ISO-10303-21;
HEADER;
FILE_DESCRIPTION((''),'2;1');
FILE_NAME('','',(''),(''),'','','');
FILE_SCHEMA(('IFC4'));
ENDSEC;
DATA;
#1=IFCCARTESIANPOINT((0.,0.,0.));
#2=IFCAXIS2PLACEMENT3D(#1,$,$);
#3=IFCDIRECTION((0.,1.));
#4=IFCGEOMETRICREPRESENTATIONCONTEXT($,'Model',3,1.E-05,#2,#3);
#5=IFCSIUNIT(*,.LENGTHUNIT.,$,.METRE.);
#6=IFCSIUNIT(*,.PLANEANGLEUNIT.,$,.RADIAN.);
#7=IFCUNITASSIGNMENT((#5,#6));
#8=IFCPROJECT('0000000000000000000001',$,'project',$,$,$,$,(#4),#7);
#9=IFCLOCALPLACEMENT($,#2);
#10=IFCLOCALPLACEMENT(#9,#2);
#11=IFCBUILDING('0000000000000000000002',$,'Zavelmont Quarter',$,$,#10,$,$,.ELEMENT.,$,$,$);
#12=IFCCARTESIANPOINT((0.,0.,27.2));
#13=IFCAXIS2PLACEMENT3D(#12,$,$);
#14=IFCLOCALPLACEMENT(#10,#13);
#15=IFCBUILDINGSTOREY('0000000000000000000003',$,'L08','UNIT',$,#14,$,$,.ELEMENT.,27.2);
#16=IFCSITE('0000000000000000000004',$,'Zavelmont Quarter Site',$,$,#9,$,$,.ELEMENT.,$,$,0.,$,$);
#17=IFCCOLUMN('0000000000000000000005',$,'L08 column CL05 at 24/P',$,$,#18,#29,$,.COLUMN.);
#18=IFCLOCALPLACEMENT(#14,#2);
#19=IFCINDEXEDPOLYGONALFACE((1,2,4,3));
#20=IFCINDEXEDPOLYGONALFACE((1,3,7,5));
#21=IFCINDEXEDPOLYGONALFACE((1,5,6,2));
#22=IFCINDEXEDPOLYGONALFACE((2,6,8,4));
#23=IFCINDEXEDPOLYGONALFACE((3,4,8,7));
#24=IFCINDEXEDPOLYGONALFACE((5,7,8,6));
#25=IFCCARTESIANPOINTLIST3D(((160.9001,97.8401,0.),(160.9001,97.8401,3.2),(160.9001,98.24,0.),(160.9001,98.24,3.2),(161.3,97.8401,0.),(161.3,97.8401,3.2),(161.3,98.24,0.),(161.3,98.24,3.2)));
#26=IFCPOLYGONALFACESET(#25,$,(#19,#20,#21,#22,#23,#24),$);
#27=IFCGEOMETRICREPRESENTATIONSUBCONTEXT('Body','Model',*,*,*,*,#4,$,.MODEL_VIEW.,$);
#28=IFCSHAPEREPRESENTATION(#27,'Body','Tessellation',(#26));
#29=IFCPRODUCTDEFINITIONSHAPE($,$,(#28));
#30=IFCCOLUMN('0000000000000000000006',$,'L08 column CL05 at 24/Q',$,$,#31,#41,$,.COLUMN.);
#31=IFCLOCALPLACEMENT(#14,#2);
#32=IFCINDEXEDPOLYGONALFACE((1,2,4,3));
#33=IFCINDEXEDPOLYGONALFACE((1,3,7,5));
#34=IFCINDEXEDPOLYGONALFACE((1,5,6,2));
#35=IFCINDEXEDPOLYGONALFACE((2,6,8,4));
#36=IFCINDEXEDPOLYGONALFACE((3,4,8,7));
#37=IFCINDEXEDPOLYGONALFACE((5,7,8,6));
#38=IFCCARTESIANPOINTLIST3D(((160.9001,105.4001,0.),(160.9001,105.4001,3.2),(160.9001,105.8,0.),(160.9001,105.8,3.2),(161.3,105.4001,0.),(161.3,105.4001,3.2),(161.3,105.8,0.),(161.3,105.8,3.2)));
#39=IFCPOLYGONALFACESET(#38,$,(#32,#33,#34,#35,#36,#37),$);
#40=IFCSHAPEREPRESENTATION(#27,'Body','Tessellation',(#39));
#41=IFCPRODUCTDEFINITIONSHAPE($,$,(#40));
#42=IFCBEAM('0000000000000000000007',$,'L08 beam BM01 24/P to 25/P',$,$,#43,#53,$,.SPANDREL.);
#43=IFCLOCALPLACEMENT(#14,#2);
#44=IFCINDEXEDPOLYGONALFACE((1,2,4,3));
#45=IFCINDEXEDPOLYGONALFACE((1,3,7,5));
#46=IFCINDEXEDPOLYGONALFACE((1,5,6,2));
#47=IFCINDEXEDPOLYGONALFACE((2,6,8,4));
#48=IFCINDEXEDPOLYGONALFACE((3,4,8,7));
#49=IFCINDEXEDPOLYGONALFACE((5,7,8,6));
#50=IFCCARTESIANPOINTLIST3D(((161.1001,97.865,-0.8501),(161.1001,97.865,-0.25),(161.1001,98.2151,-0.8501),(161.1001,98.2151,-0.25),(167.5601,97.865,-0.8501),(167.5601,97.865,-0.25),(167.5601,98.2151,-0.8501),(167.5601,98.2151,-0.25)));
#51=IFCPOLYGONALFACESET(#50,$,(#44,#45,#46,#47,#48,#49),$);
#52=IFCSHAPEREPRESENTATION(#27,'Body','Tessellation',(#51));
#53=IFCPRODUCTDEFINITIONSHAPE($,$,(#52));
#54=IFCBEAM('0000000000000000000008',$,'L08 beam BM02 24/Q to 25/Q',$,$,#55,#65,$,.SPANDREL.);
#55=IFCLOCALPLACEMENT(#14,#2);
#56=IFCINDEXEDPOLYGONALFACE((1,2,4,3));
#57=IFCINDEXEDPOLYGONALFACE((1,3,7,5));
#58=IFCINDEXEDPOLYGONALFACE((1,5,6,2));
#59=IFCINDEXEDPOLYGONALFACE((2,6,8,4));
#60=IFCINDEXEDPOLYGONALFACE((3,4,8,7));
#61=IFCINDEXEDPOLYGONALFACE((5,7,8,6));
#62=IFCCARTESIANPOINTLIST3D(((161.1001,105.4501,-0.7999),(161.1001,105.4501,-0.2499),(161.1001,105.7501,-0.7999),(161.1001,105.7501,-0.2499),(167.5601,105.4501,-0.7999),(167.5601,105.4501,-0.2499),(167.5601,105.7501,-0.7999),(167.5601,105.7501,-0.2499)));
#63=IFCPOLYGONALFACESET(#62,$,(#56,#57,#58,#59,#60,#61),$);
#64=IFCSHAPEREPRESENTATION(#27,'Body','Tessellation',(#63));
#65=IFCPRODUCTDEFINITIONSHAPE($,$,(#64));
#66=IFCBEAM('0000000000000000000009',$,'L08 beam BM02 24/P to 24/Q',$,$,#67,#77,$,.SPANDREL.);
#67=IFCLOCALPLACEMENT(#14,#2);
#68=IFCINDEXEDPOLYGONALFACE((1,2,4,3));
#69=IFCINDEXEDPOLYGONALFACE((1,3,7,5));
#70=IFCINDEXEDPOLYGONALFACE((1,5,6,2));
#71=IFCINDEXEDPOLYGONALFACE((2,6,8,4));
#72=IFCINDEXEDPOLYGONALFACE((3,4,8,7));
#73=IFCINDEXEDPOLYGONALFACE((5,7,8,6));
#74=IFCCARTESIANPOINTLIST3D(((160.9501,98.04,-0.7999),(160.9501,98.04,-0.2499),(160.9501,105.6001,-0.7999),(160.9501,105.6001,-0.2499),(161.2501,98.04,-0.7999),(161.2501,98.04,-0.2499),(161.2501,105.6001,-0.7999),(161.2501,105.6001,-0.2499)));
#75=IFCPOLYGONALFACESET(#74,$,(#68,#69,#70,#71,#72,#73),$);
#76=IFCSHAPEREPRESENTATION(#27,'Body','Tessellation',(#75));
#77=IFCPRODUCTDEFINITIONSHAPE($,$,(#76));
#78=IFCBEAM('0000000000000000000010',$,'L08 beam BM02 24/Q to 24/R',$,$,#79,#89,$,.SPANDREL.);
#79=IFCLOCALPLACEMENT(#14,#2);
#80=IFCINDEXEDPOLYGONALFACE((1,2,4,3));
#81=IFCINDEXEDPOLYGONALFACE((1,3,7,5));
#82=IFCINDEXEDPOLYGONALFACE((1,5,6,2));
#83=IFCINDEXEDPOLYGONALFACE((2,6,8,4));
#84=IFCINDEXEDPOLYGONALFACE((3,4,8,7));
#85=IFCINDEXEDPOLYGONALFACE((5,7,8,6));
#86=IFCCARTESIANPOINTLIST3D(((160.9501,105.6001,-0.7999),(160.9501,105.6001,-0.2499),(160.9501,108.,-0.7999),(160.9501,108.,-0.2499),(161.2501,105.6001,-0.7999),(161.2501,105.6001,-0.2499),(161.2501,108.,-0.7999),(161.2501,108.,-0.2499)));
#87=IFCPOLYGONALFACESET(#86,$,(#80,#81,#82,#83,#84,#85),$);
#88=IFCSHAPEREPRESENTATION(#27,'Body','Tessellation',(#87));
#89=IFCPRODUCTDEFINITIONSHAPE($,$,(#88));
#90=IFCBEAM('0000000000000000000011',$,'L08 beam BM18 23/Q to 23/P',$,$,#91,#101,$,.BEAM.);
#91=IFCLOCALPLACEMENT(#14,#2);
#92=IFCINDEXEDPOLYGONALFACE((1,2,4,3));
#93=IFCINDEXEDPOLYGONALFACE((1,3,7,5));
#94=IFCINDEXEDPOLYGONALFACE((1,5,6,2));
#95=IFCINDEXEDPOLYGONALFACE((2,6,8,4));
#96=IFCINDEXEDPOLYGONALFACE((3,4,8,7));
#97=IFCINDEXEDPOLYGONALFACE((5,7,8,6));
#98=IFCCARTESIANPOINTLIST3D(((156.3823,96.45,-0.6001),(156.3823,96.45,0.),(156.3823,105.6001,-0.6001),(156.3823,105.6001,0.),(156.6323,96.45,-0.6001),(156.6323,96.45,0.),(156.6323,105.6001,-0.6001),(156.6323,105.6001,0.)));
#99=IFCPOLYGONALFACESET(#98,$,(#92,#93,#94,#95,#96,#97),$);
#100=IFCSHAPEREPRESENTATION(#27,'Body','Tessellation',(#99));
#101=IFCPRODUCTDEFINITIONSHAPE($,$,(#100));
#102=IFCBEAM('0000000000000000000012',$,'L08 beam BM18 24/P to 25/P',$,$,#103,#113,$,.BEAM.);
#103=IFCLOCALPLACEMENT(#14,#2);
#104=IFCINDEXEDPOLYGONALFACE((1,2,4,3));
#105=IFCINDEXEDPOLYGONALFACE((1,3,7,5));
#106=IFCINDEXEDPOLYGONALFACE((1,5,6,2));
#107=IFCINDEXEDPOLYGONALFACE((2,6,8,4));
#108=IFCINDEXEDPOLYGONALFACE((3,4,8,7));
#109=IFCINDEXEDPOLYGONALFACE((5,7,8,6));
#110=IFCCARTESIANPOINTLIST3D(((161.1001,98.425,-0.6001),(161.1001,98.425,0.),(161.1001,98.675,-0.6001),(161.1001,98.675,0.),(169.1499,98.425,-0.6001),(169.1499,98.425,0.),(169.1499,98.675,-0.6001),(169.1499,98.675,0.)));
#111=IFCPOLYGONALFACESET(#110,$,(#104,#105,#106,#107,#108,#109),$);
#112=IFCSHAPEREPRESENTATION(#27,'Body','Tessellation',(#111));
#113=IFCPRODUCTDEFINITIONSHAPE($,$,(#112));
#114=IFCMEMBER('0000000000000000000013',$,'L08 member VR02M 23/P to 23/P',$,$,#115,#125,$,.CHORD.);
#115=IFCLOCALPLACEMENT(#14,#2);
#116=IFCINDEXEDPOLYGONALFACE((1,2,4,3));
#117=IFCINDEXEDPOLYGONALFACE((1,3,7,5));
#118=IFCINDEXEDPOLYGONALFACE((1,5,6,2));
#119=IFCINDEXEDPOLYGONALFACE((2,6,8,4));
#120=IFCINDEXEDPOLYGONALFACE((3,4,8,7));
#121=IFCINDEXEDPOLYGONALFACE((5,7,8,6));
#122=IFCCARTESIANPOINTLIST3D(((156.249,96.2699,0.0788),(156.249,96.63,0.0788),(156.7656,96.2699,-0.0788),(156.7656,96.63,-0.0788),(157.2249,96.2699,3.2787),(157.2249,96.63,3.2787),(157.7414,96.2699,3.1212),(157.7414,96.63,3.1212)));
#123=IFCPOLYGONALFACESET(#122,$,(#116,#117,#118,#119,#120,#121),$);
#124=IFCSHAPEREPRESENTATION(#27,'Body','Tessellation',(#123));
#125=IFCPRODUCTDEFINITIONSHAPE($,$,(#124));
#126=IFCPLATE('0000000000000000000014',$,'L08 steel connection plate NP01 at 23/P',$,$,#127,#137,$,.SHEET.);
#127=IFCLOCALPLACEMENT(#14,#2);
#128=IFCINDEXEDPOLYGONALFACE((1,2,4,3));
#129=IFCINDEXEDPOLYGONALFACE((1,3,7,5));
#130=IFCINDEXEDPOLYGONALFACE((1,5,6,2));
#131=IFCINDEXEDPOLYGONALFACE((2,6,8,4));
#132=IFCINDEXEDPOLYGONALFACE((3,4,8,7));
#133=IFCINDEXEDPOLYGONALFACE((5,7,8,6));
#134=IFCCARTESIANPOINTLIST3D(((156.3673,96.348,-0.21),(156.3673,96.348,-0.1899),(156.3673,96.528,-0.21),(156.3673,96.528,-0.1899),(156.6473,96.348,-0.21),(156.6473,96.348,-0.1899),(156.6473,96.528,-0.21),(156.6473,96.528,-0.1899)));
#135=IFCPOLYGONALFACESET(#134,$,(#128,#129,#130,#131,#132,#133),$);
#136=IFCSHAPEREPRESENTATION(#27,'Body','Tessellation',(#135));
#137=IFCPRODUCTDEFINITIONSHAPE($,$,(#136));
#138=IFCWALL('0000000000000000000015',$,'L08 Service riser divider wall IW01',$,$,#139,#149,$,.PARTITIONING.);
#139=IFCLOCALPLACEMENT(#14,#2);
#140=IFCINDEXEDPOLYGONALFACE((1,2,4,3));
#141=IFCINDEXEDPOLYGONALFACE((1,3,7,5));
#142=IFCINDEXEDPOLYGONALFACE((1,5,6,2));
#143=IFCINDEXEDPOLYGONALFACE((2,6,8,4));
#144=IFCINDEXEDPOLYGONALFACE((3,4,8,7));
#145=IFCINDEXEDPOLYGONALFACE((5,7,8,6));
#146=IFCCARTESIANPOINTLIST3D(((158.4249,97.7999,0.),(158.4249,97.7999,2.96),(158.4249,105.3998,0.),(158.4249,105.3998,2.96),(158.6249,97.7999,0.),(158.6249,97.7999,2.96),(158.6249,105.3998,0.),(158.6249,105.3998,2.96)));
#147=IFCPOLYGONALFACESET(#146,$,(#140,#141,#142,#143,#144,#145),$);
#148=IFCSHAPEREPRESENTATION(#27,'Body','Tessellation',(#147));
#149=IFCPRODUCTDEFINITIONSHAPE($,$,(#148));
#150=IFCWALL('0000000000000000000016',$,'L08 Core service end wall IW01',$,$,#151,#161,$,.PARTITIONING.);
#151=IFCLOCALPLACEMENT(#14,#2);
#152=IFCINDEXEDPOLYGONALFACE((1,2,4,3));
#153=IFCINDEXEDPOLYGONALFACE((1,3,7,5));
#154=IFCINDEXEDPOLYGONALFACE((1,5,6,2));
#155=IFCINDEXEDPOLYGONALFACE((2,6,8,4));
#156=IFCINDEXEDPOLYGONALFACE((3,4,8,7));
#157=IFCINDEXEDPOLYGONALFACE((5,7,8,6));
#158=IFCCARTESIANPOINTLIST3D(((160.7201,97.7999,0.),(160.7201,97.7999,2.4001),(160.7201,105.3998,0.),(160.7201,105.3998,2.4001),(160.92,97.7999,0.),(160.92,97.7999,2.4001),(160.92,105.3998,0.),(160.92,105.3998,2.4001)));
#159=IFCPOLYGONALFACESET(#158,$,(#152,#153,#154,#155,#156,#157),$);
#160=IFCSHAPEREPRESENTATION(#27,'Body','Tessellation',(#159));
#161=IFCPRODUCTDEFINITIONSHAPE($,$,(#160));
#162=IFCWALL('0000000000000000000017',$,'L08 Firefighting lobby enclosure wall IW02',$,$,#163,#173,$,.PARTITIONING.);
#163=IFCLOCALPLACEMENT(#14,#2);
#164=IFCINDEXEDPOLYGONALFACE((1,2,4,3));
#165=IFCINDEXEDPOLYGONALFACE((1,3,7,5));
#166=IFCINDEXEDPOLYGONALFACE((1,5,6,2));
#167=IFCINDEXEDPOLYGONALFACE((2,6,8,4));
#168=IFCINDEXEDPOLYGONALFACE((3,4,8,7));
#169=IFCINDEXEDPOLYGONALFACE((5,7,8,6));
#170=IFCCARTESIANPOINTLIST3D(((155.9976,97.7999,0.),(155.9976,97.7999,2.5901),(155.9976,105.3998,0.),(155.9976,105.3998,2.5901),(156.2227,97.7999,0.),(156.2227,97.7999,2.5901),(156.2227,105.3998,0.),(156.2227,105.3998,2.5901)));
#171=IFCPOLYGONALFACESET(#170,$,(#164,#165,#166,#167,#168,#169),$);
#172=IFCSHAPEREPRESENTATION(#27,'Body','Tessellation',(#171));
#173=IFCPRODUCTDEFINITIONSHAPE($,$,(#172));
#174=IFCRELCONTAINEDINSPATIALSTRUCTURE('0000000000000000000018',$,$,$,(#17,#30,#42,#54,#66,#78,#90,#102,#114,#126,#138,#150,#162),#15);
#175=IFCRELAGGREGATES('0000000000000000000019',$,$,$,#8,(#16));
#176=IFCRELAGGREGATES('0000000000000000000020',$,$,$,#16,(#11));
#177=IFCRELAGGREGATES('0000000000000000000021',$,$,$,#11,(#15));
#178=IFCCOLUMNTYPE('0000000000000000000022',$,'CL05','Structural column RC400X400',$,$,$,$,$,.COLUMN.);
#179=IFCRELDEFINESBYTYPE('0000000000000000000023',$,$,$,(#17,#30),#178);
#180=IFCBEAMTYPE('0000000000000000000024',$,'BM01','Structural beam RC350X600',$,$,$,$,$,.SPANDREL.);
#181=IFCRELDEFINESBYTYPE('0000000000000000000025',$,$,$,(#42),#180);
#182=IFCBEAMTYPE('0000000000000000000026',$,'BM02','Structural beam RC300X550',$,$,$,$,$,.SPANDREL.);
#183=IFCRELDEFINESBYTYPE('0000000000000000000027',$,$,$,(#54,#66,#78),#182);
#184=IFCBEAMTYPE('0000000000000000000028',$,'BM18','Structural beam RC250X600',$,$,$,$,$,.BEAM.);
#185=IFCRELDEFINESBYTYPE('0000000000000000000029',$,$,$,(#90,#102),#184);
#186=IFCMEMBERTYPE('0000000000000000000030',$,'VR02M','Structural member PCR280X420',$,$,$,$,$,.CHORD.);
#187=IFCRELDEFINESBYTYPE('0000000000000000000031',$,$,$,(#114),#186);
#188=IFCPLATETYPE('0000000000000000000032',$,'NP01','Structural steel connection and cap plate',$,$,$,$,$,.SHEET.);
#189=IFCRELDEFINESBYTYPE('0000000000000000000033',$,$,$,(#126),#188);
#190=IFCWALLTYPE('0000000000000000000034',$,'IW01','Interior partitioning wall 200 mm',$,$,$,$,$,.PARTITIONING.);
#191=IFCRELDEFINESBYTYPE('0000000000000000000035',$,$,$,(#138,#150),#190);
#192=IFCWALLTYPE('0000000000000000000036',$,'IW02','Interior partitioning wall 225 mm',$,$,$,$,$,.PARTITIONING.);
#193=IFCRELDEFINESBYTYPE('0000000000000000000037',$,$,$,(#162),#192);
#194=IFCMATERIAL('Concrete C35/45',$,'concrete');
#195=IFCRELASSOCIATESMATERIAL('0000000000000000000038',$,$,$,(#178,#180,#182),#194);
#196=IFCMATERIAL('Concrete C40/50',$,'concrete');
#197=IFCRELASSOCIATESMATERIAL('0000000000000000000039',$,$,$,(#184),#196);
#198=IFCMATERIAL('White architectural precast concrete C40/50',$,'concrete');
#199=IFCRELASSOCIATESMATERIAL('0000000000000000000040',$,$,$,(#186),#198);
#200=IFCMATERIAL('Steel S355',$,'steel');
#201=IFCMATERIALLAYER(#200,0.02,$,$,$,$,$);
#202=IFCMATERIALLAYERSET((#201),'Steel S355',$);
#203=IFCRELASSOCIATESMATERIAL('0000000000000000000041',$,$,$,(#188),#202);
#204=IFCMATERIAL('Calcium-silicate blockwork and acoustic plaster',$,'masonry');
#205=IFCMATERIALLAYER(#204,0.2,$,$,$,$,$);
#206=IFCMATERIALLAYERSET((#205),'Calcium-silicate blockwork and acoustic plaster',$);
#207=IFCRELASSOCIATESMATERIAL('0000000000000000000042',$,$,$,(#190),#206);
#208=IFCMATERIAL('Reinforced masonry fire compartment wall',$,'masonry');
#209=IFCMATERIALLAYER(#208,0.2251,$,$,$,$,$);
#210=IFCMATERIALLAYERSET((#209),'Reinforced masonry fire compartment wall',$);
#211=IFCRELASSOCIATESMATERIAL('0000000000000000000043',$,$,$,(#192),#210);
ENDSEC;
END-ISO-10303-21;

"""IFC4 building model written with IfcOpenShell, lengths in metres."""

from ifc_helpers import new_model, si_unit, direction, frame, frame_2d, origin, origin_2d, place, context, subcontext, project, spatial, rectangle, extrude, material, layer, layer_set, material_profile, profile_set, type_object, element, save


model = new_model("IFC4")

# Units and contexts
model_context = context("Model", 3, precision=1e-05, world=origin(), true_north=direction((0.0, 1.0)))
body_context = subcontext(model_context, "Body", "Model", "MODEL_VIEW")
ifc_project = project(units=[si_unit("LENGTHUNIT", "METRE"), si_unit("PLANEANGLEUNIT", "RADIAN")], contexts=[model_context])

# Site, building, storey
site_placement = place(None, origin())
site = spatial("IfcSite", under=ifc_project, at=site_placement, Name="Zavelmont Quarter Site", CompositionType="ELEMENT", RefElevation=0.0)
building_placement = place(site_placement, origin())
building = spatial("IfcBuilding", under=site, at=building_placement, Name="Zavelmont Quarter", CompositionType="ELEMENT")
storey_placement = place(building_placement, frame((0.0, 0.0, 27.2)))
storey = spatial("IfcBuildingStorey", under=building, at=storey_placement, Name="L08", Description="UNIT", CompositionType="ELEMENT", Elevation=27.2)

# Columns
ifc_material_1 = material(Name="Concrete C35/45", Category="concrete")
ifc_material_profile_1 = material_profile(ifc_material_1, rectangle(XDim=0.3999, YDim=0.3999, at=origin_2d()), Name="RC400X400")
ifc_profile_set_1 = profile_set([ifc_material_profile_1], Name="Concrete C35/45")
column_type = type_object("IfcColumnType", Name="CL05", Description="Structural column RC400X400", PredefinedType="COLUMN", material=ifc_profile_set_1)
for number, where, z_axis, x_axis, name in (
    (1, (161.1001, 98.04, 0.0), (0.0, 0.0, 1.0), (1.0, 0.0, 0.0), "L08 column CL05 at 24/P"),
    (2, (161.1001, 105.6001, 0.0), (0.0, 0.0, 1.0), (1.0, 0.0, 0.0), "L08 column CL05 at 24/Q"),
):
    element("IfcColumn", number, at=place(storey_placement, frame(where, z_axis=z_axis, x_axis=x_axis)), inside=storey, type_object=column_type, Name=name, PredefinedType="COLUMN", context=body_context, shape_type="SweptSolid", body=[
        extrude(rectangle(XDim=0.3999, YDim=0.3999, at=origin_2d()), origin(), (0.0, 0.0, 1.0), 3.2),
    ])

# Beams
ifc_material_profile_2 = material_profile(ifc_material_1, rectangle(XDim=0.3501, YDim=0.6001, at=origin_2d()), Name="RC350X600")
ifc_profile_set_2 = profile_set([ifc_material_profile_2], Name="Concrete C35/45")
beam_type_1 = type_object("IfcBeamType", Name="BM01", Description="Structural beam RC350X600", PredefinedType="SPANDREL", material=ifc_profile_set_2)
beam_1_placement = place(storey_placement, frame((161.1001, 98.04, -0.55), z_axis=(1.0, 0.0, 0.0), x_axis=(0.0, 1.0, 0.0)))
element("IfcBeam", 3, at=beam_1_placement, inside=storey, type_object=beam_type_1, Name="L08 beam BM01 24/P to 25/P", PredefinedType="SPANDREL", context=body_context, shape_type="SweptSolid", body=[
    extrude(rectangle(XDim=0.3501, YDim=0.6001, at=origin_2d()), origin(), (0.0, 0.0, 1.0), 6.46),
])
ifc_material_profile_3 = material_profile(ifc_material_1, rectangle(XDim=0.3, YDim=0.55, at=origin_2d()), Name="RC300X550")
ifc_profile_set_3 = profile_set([ifc_material_profile_3], Name="Concrete C35/45")
beam_type_2 = type_object("IfcBeamType", Name="BM02", Description="Structural beam RC300X550", PredefinedType="SPANDREL", material=ifc_profile_set_3)
beam_2_placement = place(storey_placement, frame((161.1001, 105.6001, -0.5249), z_axis=(1.0, 0.0, 0.0), x_axis=(0.0, 1.0, 0.0)))
element("IfcBeam", 4, at=beam_2_placement, inside=storey, type_object=beam_type_2, Name="L08 beam BM02 24/Q to 25/Q", PredefinedType="SPANDREL", context=body_context, shape_type="SweptSolid", body=[
    extrude(rectangle(XDim=0.3, YDim=0.55, at=origin_2d()), origin(), (0.0, 0.0, 1.0), 6.46),
])
beam_3_placement = place(storey_placement, frame((161.1001, 98.04, -0.5249), z_axis=(0.0, 1.0, 0.0), x_axis=(-1.0, 0.0, 0.0)))
element("IfcBeam", 5, at=beam_3_placement, inside=storey, type_object=beam_type_2, Name="L08 beam BM02 24/P to 24/Q", PredefinedType="SPANDREL", context=body_context, shape_type="SweptSolid", body=[
    extrude(rectangle(XDim=0.3, YDim=0.55, at=origin_2d()), origin(), (0.0, 0.0, 1.0), 7.5601),
])
beam_4_placement = place(storey_placement, frame((161.1001, 105.6001, -0.5249), z_axis=(0.0, 1.0, 0.0), x_axis=(-1.0, 0.0, 0.0)))
element("IfcBeam", 6, at=beam_4_placement, inside=storey, type_object=beam_type_2, Name="L08 beam BM02 24/Q to 24/R", PredefinedType="SPANDREL", context=body_context, shape_type="SweptSolid", body=[
    extrude(rectangle(XDim=0.3, YDim=0.55, at=origin_2d()), origin(), (0.0, 0.0, 1.0), 2.3999),
])
ifc_material_2 = material(Name="Concrete C40/50", Category="concrete")
ifc_material_profile_4 = material_profile(ifc_material_2, rectangle(XDim=0.25, YDim=0.6001, at=origin_2d()), Name="RC250X600")
ifc_profile_set_4 = profile_set([ifc_material_profile_4], Name="Concrete C40/50")
beam_type_3 = type_object("IfcBeamType", Name="BM18", Description="Structural beam RC250X600", PredefinedType="BEAM", material=ifc_profile_set_4)
beam_5_placement = place(storey_placement, frame((156.5073, 105.6001, -0.3), z_axis=(0.0, -1.0, 0.0), x_axis=(1.0, 0.0, 0.0)))
element("IfcBeam", 7, at=beam_5_placement, inside=storey, type_object=beam_type_3, Name="L08 beam BM18 23/Q to 23/P", PredefinedType="BEAM", context=body_context, shape_type="SweptSolid", body=[
    extrude(rectangle(XDim=0.25, YDim=0.6001, at=origin_2d()), origin(), (0.0, 0.0, 1.0), 9.1501),
])
beam_6_placement = place(storey_placement, frame((161.1001, 98.55, -0.3), z_axis=(1.0, 0.0, 0.0), x_axis=(0.0, 1.0, 0.0)))
element("IfcBeam", 8, at=beam_6_placement, inside=storey, type_object=beam_type_3, Name="L08 beam BM18 24/P to 25/P", PredefinedType="BEAM", context=body_context, shape_type="SweptSolid", body=[
    extrude(rectangle(XDim=0.25, YDim=0.6001, at=origin_2d()), origin(), (0.0, 0.0, 1.0), 8.0498),
])

# Member
ifc_material_3 = material(Name="White architectural precast concrete C40/50", Category="concrete")
ifc_material_profile_5 = material_profile(ifc_material_3, rectangle(XDim=0.3601, YDim=0.54, at=origin_2d()), Name="PCR280X420")
ifc_profile_set_5 = profile_set([ifc_material_profile_5], Name="White architectural precast concrete C40/50")
member_type = type_object("IfcMemberType", Name="VR02M", Description="Structural member PCR280X420", PredefinedType="CHORD", material=ifc_profile_set_5)
member_placement = place(storey_placement, frame((156.5073, 96.45, 0.0), z_axis=(0.29169, 0.0, 0.956513), x_axis=(0.0, 1.0, 0.0)))
element("IfcMember", 9, at=member_placement, inside=storey, type_object=member_type, Name="L08 member VR02M 23/P to 23/P", PredefinedType="CHORD", context=body_context, shape_type="SweptSolid", body=[
    extrude(rectangle(XDim=0.3601, YDim=0.54, at=origin_2d()), origin(), (0.0, 0.0, 1.0), 3.3455),
])

# Plate
ifc_material_4 = material(Name="Steel S355", Category="steel")
ifc_layer_1 = layer(ifc_material_4, 0.02)
ifc_layer_set_1 = layer_set([ifc_layer_1], Name="Steel S355")
plate_type = type_object("IfcPlateType", Name="NP01", Description="Structural steel connection and cap plate", PredefinedType="SHEET", material=ifc_layer_set_1)
plate_placement = place(storey_placement, frame((156.5073, 96.438, -0.21), z_axis=(0.0, 0.0, 1.0), x_axis=(1.0, 0.0, 0.0)))
element("IfcPlate", 10, at=plate_placement, inside=storey, type_object=plate_type, Name="L08 steel connection plate NP01 at 23/P", PredefinedType="SHEET", context=body_context, shape_type="SweptSolid", body=[
    extrude(rectangle(XDim=0.28, YDim=0.1799, at=origin_2d()), origin(), (0.0, 0.0, 1.0), 0.02),
])

# Walls
ifc_material_5 = material(Name="Calcium-silicate blockwork and acoustic plaster", Category="masonry")
ifc_layer_2 = layer(ifc_material_5, 0.2)
ifc_layer_set_2 = layer_set([ifc_layer_2], Name="Calcium-silicate blockwork and acoustic plaster")
wall_type_1 = type_object("IfcWallType", Name="IW01", Description="Interior partitioning wall 200 mm", PredefinedType="PARTITIONING", material=ifc_layer_set_2)
wall_1_placement = place(storey_placement, frame((158.5249, 97.8, 0.0), z_axis=(0.0, 0.0, 1.0), x_axis=(0.0, 1.0, 0.0)))
element("IfcWall", 11, at=wall_1_placement, inside=storey, type_object=wall_type_1, Name="L08 Service riser divider wall IW01", PredefinedType="PARTITIONING", context=body_context, shape_type="SweptSolid", body=[
    extrude(rectangle(XDim=7.5999, YDim=0.2, at=frame_2d((3.7998, 0.0))), origin(), (0.0, 0.0, 1.0), 2.96),
])
wall_2_placement = place(storey_placement, frame((160.8201, 97.8, 0.0), z_axis=(0.0, 0.0, 1.0), x_axis=(0.0, 1.0, 0.0)))
element("IfcWall", 12, at=wall_2_placement, inside=storey, type_object=wall_type_1, Name="L08 Core service end wall IW01", PredefinedType="PARTITIONING", context=body_context, shape_type="SweptSolid", body=[
    extrude(rectangle(XDim=7.5999, YDim=0.2, at=frame_2d((3.7998, 0.0))), origin(), (0.0, 0.0, 1.0), 2.4001),
])

# Wall
ifc_material_6 = material(Name="Reinforced masonry fire compartment wall", Category="masonry")
ifc_layer_3 = layer(ifc_material_6, 0.2251)
ifc_layer_set_3 = layer_set([ifc_layer_3], Name="Reinforced masonry fire compartment wall")
wall_type_2 = type_object("IfcWallType", Name="IW02", Description="Interior partitioning wall 225 mm", PredefinedType="PARTITIONING", material=ifc_layer_set_3)
wall_3_placement = place(storey_placement, frame((156.1101, 97.8, 0.0), z_axis=(0.0, 0.0, 1.0), x_axis=(0.0, 1.0, 0.0)))
element("IfcWall", 13, at=wall_3_placement, inside=storey, type_object=wall_type_2, Name="L08 Firefighting lobby enclosure wall IW02", PredefinedType="PARTITIONING", context=body_context, shape_type="SweptSolid", body=[
    extrude(rectangle(XDim=7.5999, YDim=0.2251, at=frame_2d((3.7998, 0.0))), origin(), (0.0, 0.0, 1.0), 2.5901),
])

save(model, "model.ifc")
